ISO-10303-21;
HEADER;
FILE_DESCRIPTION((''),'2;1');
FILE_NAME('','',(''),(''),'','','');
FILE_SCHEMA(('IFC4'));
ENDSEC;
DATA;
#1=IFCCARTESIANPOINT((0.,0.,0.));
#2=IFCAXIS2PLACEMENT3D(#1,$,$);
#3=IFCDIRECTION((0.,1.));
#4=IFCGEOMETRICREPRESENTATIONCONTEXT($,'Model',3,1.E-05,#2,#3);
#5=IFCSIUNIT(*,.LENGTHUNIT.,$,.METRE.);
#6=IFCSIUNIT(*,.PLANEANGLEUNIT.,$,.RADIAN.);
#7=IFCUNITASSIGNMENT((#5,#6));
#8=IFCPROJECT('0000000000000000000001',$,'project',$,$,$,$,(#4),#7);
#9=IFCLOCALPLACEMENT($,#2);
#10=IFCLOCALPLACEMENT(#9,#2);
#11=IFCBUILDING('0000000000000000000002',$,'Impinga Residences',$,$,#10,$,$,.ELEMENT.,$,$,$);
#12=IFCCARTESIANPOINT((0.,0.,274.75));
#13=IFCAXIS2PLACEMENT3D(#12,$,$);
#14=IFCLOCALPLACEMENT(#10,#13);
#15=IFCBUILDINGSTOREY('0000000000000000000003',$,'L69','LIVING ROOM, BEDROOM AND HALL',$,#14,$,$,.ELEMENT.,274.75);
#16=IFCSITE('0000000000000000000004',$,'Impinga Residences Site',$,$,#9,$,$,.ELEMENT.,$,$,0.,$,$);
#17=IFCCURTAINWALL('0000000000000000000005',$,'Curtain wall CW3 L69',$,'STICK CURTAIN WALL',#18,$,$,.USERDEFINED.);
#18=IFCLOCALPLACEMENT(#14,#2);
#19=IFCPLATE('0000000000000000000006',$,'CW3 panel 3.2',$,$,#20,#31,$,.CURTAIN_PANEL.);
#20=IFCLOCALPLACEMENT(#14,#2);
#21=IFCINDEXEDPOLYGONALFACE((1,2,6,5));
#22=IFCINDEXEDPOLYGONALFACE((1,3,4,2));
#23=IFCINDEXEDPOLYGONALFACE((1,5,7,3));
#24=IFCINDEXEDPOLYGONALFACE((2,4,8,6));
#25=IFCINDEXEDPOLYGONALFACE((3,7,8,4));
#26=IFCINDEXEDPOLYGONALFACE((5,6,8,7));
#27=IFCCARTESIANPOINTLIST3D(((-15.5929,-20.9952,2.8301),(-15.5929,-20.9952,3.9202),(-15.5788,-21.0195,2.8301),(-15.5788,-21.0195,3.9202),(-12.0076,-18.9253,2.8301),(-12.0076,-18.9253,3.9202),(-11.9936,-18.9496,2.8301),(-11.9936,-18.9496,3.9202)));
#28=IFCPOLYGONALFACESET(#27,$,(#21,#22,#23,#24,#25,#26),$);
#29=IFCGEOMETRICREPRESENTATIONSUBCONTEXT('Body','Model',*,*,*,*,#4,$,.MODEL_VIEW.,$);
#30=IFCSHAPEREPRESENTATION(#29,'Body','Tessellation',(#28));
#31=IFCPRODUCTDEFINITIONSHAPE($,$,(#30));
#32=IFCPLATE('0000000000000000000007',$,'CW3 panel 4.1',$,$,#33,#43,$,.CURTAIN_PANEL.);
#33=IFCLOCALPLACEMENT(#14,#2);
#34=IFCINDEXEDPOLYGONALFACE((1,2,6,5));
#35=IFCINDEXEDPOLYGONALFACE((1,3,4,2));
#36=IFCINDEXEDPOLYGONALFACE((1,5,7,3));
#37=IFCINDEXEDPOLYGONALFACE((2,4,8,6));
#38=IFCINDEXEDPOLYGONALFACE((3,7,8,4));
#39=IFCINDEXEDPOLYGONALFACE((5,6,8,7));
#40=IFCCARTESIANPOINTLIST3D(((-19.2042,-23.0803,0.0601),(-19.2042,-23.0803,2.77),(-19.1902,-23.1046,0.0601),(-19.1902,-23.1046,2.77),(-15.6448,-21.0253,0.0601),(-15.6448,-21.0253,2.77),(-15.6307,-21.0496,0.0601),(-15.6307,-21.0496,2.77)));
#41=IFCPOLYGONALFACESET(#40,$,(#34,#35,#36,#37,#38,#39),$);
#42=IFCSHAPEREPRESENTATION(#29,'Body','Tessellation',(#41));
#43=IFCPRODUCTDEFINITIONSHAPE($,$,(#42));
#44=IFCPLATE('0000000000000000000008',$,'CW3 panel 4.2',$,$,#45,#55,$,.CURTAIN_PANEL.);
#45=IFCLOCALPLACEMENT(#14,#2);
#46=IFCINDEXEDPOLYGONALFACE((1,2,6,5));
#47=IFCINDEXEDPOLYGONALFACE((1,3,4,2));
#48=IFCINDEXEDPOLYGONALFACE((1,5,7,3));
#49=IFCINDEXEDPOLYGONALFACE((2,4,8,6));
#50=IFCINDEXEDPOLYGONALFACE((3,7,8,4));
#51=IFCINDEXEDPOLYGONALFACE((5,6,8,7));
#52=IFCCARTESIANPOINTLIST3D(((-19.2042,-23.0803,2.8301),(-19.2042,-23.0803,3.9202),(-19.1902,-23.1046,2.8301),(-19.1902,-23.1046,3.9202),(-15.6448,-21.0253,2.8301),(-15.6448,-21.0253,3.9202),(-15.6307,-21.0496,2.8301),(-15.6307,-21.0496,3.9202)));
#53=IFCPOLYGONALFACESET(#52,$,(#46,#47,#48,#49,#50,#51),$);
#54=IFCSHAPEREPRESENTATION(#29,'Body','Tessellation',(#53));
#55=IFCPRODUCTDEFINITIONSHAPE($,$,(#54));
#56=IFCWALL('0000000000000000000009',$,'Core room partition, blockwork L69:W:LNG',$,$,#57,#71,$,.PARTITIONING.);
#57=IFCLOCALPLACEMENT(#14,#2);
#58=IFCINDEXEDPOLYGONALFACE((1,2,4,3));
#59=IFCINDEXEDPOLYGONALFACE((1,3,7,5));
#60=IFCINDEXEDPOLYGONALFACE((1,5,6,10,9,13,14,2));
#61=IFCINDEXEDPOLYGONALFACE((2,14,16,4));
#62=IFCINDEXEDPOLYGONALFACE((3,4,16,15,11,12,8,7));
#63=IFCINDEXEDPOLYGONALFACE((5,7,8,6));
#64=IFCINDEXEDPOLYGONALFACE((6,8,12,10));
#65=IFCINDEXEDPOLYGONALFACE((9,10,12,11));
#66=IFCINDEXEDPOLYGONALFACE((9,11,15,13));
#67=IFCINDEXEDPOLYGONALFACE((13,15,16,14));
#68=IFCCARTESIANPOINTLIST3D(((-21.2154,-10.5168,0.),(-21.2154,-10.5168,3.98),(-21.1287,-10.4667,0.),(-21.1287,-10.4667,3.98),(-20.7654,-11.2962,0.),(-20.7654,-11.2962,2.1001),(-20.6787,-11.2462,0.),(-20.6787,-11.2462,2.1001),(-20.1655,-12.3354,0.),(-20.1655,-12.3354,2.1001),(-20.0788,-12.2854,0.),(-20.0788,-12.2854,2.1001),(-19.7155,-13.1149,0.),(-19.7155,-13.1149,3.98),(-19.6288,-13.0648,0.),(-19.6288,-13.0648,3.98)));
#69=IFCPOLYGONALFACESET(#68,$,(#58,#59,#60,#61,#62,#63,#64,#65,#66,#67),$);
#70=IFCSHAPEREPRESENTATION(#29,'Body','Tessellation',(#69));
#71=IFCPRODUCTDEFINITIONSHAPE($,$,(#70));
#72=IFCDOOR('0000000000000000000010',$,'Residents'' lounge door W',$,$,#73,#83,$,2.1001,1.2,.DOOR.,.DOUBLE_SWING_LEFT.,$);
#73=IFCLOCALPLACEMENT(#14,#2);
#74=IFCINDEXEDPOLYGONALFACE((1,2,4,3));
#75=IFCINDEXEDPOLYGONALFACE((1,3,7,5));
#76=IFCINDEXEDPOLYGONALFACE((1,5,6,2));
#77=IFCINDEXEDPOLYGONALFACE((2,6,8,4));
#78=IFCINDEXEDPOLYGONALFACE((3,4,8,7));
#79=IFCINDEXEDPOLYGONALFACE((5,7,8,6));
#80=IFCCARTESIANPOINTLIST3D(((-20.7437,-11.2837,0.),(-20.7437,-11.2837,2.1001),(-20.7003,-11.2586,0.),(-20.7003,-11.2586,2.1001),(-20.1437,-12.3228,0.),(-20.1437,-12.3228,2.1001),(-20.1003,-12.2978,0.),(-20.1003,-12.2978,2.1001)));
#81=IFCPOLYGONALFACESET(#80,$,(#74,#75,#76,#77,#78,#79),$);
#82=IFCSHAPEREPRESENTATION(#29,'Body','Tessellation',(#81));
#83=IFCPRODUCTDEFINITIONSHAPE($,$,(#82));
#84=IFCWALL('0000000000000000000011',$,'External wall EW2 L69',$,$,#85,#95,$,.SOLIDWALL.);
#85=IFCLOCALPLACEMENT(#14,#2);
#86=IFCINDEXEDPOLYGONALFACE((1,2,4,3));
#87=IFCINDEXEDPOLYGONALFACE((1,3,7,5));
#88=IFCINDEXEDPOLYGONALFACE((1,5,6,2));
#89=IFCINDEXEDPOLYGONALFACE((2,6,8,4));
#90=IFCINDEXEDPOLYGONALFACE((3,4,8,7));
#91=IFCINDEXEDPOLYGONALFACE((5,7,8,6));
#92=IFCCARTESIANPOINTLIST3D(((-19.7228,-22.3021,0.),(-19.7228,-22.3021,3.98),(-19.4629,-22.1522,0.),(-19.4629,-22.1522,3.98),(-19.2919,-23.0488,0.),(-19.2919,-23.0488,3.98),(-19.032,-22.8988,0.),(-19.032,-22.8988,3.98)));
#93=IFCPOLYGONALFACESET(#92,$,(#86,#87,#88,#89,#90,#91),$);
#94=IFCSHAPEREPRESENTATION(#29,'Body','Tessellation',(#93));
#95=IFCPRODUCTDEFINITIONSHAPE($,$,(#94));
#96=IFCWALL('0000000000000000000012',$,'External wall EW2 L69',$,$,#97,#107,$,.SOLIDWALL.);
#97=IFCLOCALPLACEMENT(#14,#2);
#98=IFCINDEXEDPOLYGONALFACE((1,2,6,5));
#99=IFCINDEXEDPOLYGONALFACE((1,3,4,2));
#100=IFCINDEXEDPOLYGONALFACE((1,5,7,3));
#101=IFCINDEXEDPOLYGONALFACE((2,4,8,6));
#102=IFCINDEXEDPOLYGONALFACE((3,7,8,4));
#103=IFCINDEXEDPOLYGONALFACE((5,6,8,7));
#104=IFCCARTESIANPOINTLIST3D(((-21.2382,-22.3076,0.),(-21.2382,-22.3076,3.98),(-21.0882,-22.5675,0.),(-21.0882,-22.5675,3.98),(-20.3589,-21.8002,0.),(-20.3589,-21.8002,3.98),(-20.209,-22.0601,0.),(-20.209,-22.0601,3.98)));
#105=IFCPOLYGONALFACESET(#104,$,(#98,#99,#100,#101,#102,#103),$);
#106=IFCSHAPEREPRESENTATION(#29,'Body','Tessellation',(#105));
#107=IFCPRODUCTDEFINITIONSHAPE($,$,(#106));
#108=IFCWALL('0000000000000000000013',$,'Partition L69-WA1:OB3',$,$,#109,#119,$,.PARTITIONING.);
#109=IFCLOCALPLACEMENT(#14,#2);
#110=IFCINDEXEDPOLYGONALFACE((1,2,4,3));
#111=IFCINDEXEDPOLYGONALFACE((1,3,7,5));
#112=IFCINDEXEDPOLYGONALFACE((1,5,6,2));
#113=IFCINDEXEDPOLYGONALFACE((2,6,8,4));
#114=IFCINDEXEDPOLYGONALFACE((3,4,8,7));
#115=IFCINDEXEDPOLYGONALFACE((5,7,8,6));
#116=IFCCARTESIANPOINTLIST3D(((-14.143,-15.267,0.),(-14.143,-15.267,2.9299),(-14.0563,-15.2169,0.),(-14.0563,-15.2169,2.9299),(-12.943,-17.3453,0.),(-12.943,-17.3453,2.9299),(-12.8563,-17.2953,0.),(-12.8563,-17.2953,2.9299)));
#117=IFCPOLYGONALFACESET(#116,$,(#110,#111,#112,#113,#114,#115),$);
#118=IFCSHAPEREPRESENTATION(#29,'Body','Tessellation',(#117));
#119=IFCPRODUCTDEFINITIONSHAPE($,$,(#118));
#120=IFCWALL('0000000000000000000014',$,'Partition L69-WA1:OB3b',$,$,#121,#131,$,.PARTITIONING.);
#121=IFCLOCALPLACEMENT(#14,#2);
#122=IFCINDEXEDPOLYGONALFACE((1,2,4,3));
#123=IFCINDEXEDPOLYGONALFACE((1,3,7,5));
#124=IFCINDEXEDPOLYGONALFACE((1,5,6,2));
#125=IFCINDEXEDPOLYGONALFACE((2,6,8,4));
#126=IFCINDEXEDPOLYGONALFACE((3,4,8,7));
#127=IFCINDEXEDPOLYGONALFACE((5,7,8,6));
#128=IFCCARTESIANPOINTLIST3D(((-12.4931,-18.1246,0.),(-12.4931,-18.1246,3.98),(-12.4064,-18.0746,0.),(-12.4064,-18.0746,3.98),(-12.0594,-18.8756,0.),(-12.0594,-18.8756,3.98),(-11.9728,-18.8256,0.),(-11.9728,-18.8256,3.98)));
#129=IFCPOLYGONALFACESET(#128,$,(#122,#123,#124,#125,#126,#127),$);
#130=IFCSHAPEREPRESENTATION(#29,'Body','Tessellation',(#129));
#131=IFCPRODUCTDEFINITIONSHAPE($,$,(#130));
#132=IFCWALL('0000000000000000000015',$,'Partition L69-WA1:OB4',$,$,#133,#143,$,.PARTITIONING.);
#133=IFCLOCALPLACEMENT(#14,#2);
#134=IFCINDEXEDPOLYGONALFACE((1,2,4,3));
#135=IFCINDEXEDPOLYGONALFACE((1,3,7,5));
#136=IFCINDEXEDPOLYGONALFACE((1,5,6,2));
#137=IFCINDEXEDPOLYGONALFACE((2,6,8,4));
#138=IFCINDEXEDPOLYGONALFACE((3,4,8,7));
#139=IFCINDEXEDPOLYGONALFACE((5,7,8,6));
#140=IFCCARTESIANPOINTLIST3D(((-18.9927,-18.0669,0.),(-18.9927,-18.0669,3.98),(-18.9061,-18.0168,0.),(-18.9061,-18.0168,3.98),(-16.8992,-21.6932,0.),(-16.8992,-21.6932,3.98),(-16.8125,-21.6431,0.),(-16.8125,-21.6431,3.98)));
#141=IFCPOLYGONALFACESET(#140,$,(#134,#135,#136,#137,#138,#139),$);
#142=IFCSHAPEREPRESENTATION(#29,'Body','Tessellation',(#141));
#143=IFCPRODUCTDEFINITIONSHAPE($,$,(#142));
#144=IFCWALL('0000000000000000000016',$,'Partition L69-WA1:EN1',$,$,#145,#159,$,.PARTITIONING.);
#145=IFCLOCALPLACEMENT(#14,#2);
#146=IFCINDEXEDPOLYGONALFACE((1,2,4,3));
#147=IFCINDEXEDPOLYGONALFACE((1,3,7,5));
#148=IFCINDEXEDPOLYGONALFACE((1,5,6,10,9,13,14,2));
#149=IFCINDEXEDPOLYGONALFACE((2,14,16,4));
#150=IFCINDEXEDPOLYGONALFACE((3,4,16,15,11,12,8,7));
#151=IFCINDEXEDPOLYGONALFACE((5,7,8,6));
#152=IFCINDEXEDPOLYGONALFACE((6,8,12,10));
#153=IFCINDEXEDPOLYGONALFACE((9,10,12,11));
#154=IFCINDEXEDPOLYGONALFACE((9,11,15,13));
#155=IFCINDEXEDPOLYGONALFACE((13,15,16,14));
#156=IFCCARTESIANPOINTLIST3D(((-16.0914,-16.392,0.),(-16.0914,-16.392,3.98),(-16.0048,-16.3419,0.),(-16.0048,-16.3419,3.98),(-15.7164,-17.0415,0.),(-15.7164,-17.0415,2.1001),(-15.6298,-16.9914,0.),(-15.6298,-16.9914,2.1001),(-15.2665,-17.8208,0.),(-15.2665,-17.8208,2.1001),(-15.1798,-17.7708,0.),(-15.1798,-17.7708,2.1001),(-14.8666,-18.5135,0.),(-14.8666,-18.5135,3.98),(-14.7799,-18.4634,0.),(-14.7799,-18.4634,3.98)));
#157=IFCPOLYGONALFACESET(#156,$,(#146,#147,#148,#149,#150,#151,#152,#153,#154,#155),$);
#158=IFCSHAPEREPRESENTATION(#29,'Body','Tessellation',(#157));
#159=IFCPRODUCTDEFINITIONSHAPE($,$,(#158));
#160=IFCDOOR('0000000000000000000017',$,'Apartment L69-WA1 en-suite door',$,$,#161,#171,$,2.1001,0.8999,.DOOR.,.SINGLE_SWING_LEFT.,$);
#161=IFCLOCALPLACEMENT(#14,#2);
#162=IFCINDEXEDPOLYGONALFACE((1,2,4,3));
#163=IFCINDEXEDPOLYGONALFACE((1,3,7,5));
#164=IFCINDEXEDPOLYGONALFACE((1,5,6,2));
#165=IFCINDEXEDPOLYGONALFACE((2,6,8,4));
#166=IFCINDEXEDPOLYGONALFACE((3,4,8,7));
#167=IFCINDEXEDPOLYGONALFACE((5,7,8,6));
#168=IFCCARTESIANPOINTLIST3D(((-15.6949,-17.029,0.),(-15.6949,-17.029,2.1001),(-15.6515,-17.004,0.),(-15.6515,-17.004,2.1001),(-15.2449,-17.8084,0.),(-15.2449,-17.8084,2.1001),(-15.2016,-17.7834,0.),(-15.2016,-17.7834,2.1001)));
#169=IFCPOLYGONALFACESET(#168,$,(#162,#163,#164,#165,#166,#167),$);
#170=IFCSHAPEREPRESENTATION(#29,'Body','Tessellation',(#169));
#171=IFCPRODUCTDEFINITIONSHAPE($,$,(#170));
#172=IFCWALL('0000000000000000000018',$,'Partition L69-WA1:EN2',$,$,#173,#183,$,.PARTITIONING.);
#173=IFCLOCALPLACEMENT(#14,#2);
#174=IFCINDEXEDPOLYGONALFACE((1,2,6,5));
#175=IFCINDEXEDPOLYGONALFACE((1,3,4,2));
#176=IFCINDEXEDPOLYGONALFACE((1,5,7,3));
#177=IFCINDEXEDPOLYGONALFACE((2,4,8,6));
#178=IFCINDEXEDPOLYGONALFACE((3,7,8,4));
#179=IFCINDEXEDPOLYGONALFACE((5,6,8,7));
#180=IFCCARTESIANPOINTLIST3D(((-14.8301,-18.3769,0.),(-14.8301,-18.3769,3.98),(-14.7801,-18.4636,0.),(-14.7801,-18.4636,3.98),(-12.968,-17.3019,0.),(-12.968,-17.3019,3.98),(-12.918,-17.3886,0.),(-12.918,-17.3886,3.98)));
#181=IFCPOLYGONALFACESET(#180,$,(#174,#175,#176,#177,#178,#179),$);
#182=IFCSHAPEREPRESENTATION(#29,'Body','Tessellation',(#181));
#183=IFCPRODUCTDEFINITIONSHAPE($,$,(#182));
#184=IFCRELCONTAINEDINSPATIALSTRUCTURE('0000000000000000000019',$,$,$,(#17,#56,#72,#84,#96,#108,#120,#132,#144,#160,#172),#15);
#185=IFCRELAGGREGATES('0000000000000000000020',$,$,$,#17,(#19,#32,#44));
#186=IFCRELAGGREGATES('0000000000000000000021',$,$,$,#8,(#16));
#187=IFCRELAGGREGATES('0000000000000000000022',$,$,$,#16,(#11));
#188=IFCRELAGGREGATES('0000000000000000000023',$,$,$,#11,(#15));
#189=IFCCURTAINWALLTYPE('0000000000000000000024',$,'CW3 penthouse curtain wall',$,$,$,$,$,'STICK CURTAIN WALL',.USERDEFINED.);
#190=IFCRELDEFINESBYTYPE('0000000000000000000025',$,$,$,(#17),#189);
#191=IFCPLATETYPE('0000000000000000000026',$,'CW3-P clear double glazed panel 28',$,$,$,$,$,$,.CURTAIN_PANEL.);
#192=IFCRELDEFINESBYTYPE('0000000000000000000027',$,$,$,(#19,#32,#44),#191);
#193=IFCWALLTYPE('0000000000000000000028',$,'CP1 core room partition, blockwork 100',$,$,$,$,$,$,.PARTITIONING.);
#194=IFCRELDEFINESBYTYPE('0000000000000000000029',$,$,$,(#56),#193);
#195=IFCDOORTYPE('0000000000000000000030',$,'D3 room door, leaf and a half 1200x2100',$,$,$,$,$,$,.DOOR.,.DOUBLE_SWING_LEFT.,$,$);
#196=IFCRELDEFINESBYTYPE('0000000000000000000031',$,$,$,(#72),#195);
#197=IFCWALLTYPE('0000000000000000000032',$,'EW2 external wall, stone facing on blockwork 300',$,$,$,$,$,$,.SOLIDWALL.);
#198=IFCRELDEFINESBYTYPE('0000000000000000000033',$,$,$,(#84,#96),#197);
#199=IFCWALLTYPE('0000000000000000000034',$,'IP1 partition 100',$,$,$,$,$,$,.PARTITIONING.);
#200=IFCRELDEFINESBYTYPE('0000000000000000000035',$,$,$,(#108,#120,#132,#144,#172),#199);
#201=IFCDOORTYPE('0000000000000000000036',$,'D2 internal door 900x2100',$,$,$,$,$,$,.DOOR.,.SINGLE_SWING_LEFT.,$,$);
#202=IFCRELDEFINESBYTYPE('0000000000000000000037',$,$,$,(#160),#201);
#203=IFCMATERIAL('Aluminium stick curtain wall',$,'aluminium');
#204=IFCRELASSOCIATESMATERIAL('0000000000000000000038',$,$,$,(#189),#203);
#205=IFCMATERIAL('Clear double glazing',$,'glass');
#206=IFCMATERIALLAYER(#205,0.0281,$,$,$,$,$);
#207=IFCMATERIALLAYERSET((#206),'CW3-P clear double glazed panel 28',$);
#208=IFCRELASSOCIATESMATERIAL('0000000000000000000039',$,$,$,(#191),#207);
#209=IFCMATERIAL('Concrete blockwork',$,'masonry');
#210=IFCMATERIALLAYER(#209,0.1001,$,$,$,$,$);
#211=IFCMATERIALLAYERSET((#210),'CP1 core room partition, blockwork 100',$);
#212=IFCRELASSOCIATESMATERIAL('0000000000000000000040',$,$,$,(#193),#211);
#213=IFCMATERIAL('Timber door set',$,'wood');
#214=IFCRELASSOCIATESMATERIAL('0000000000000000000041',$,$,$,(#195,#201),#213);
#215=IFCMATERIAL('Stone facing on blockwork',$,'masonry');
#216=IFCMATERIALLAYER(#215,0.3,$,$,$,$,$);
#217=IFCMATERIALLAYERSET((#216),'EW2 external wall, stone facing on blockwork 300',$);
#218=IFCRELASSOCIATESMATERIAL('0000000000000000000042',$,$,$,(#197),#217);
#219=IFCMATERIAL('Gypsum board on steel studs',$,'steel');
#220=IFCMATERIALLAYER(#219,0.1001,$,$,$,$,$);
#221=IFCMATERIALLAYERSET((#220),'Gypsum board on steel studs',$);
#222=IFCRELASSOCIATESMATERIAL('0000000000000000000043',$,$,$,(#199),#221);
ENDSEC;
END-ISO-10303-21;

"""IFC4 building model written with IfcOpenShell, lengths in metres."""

from ifc_helpers import new_model, si_unit, direction, frame, frame_2d, origin, origin_2d, place, context, subcontext, project, spatial, rectangle, extrude, material, layer, layer_set, type_object, element, fill, aggregate, save


model = new_model("IFC4")

# Units and contexts
model_context = context("Model", 3, precision=1e-05, world=origin(), true_north=direction((0.0, 1.0)))
body_context = subcontext(model_context, "Body", "Model", "MODEL_VIEW")
ifc_project = project(units=[si_unit("LENGTHUNIT", "METRE"), si_unit("PLANEANGLEUNIT", "RADIAN")], contexts=[model_context])

# Site, building, storey
site_placement = place(None, origin())
site = spatial("IfcSite", under=ifc_project, at=site_placement, Name="Impinga Residences Site", CompositionType="ELEMENT", RefElevation=0.0)
building_placement = place(site_placement, origin())
building = spatial("IfcBuilding", under=site, at=building_placement, Name="Impinga Residences", CompositionType="ELEMENT")
storey_placement = place(building_placement, frame((0.0, 0.0, 274.75)))
storey = spatial("IfcBuildingStorey", under=building, at=storey_placement, Name="L69", Description="LIVING ROOM, BEDROOM AND HALL", CompositionType="ELEMENT", Elevation=274.75)

# Curtain wall
ifc_material_1 = material(Name="Aluminium stick curtain wall", Category="aluminium")
curtain_wall_type = type_object("IfcCurtainWallType", Name="CW3 penthouse curtain wall", ElementType="STICK CURTAIN WALL", PredefinedType="USERDEFINED", material=ifc_material_1)
curtain_wall_placement = place(storey_placement, origin())
curtain_wall = element("IfcCurtainWall", 1, at=curtain_wall_placement, inside=storey, type_object=curtain_wall_type, Name="Curtain wall CW3 L69", ObjectType="STICK CURTAIN WALL", PredefinedType="USERDEFINED")

# Plates
ifc_material_2 = material(Name="Clear double glazing", Category="glass")
ifc_layer_1 = layer(ifc_material_2, 0.0281)
ifc_layer_set_1 = layer_set([ifc_layer_1], Name="CW3-P clear double glazed panel 28")
plate_type = type_object("IfcPlateType", Name="CW3-P clear double glazed panel 28", PredefinedType="CURTAIN_PANEL", material=ifc_layer_set_1)
plate_1_placement = place(storey_placement, frame((-13.7932, -19.9724, 2.8301), z_axis=(0.0, 0.0, 1.0), x_axis=(-0.866025, -0.5, 0.0)))
plate_1 = element("IfcPlate", 2, at=plate_1_placement, type_object=plate_type, Name="CW3 panel 3.2", PredefinedType="CURTAIN_PANEL", context=body_context, shape_type="SweptSolid", body=[
    extrude(rectangle(XDim=4.1399, YDim=0.0281, at=origin_2d()), origin(), (0.0, 0.0, 1.0), 1.0901),
])
plate_2_placement = place(storey_placement, frame((-17.4175, -22.0649, 0.0601), z_axis=(0.0, 0.0, 1.0), x_axis=(-0.866025, -0.5, 0.0)))
plate_2 = element("IfcPlate", 3, at=plate_2_placement, type_object=plate_type, Name="CW3 panel 4.1", PredefinedType="CURTAIN_PANEL", context=body_context, shape_type="SweptSolid", body=[
    extrude(rectangle(XDim=4.1101, YDim=0.0281, at=origin_2d()), origin(), (0.0, 0.0, 1.0), 2.71),
])
plate_3_placement = place(storey_placement, frame((-17.4175, -22.0649, 2.8301), z_axis=(0.0, 0.0, 1.0), x_axis=(-0.866025, -0.5, 0.0)))
plate_3 = element("IfcPlate", 4, at=plate_3_placement, type_object=plate_type, Name="CW3 panel 4.2", PredefinedType="CURTAIN_PANEL", context=body_context, shape_type="SweptSolid", body=[
    extrude(rectangle(XDim=4.1101, YDim=0.0281, at=origin_2d()), origin(), (0.0, 0.0, 1.0), 1.0901),
])
aggregate(curtain_wall, [plate_1, plate_2, plate_3])

# Wall, opening, door
ifc_material_3 = material(Name="Concrete blockwork", Category="masonry")
ifc_layer_2 = layer(ifc_material_3, 0.1001)
ifc_layer_set_2 = layer_set([ifc_layer_2], Name="CP1 core room partition, blockwork 100")
wall_type_1 = type_object("IfcWallType", Name="CP1 core room partition, blockwork 100", PredefinedType="PARTITIONING", material=ifc_layer_set_2)
wall_1_placement = place(storey_placement, frame((-19.6721, -13.0898, 0.0), z_axis=(0.0, 0.0, 1.0), x_axis=(-0.49999, 0.866031, 0.0)))
wall_1 = element("IfcWall", 5, at=wall_1_placement, inside=storey, type_object=wall_type_1, Name="Core room partition, blockwork L69:W:LNG", PredefinedType="PARTITIONING", context=body_context, shape_type="SweptSolid", body=[
    extrude(rectangle(XDim=3.0, YDim=0.1001, at=frame_2d((1.5, 0.0))), origin(), (0.0, 0.0, 1.0), 3.98),
])
opening_1_placement = place(wall_1_placement, frame((0.8999, 0.0, 0.0)))
opening_1 = element("IfcOpeningElement", 6, at=opening_1_placement, cuts=wall_1, PredefinedType="OPENING", context=body_context, shape_type="SweptSolid", body=[
    extrude(rectangle(XDim=1.2, YDim=2.1001, at=frame_2d((0.6001, 1.05))), frame((0.0, 0.0601, 0.0), z_axis=(0.0, -1.0, 0.0), x_axis=(1.0, 0.0, 0.0)), (0.0, 0.0, 1.0), 0.1201),
])
ifc_material_4 = material(Name="Timber door set", Category="wood")
door_type_1 = type_object("IfcDoorType", Name="D3 room door, leaf and a half 1200x2100", OperationType="DOUBLE_SWING_LEFT", PredefinedType="DOOR", material=ifc_material_4)
door_1_placement = place(opening_1_placement, origin())
door_1 = element("IfcDoor", 7, at=door_1_placement, inside=storey, type_object=door_type_1, Name="Residents' lounge door W", OperationType="DOUBLE_SWING_LEFT", OverallHeight=2.1001, OverallWidth=1.2, PredefinedType="DOOR", context=body_context, shape_type="SweptSolid", body=[
    extrude(rectangle(XDim=1.2, YDim=2.1001, at=frame_2d((0.6001, 1.05))), frame((0.0, 0.0249, 0.0), z_axis=(0.0, -1.0, 0.0), x_axis=(1.0, 0.0, 0.0)), (0.0, 0.0, 1.0), 0.05),
])
fill(opening_1, door_1)

# Walls
ifc_material_5 = material(Name="Stone facing on blockwork", Category="masonry")
ifc_layer_3 = layer(ifc_material_5, 0.3)
ifc_layer_set_3 = layer_set([ifc_layer_3], Name="EW2 external wall, stone facing on blockwork 300")
wall_type_2 = type_object("IfcWallType", Name="EW2 external wall, stone facing on blockwork 300", PredefinedType="SOLIDWALL", material=ifc_layer_set_3)
wall_2_placement = place(storey_placement, frame((-19.1619, -22.9739, 0.0), z_axis=(0.0, 0.0, 1.0), x_axis=(-0.499886, 0.866091, 0.0)))
element("IfcWall", 8, at=wall_2_placement, inside=storey, type_object=wall_type_2, Name="External wall EW2 L69", PredefinedType="SOLIDWALL", context=body_context, shape_type="SweptSolid", body=[
    extrude(rectangle(XDim=0.8621, YDim=0.3, at=frame_2d((0.4312, 0.0))), origin(), (0.0, 0.0, 1.0), 3.98),
])
wall_3_placement = place(storey_placement, frame((-20.2839, -21.9302, 0.0), z_axis=(0.0, 0.0, 1.0), x_axis=(-0.866134, -0.499813, 0.0)))
element("IfcWall", 9, at=wall_3_placement, inside=storey, type_object=wall_type_2, Name="External wall EW2 L69", PredefinedType="SOLIDWALL", context=body_context, shape_type="SweptSolid", body=[
    extrude(rectangle(XDim=1.0151, YDim=0.3, at=frame_2d((0.5076, 0.0))), origin(), (0.0, 0.0, 1.0), 3.98),
])
ifc_material_6 = material(Name="Gypsum board on steel studs", Category="steel")
ifc_layer_4 = layer(ifc_material_6, 0.1001)
ifc_layer_set_4 = layer_set([ifc_layer_4], Name="Gypsum board on steel studs")
wall_type_3 = type_object("IfcWallType", Name="IP1 partition 100", PredefinedType="PARTITIONING", material=ifc_layer_set_4)
wall_4_placement = place(storey_placement, frame((-14.0996, -15.2419, 0.0), z_axis=(0.0, 0.0, 1.0), x_axis=(0.500001, -0.866025, 0.0)))
element("IfcWall", 10, at=wall_4_placement, inside=storey, type_object=wall_type_3, Name="Partition L69-WA1:OB3", PredefinedType="PARTITIONING", context=body_context, shape_type="SweptSolid", body=[
    extrude(rectangle(XDim=2.3999, YDim=0.1001, at=frame_2d((1.2, 0.0))), origin(), (0.0, 0.0, 1.0), 2.9299),
])
wall_5_placement = place(storey_placement, frame((-12.4497, -18.0996, 0.0), z_axis=(0.0, 0.0, 1.0), x_axis=(0.500015, -0.866017, 0.0)))
element("IfcWall", 11, at=wall_5_placement, inside=storey, type_object=wall_type_3, Name="Partition L69-WA1:OB3b", PredefinedType="PARTITIONING", context=body_context, shape_type="SweptSolid", body=[
    extrude(rectangle(XDim=0.8672, YDim=0.1001, at=frame_2d((0.4336, 0.0))), origin(), (0.0, 0.0, 1.0), 3.98),
])
wall_6_placement = place(storey_placement, frame((-18.9495, -18.0417, 0.0), z_axis=(0.0, 0.0, 1.0), x_axis=(0.499983, -0.866035, 0.0)))
element("IfcWall", 12, at=wall_6_placement, inside=storey, type_object=wall_type_3, Name="Partition L69-WA1:OB4", PredefinedType="PARTITIONING", context=body_context, shape_type="SweptSolid", body=[
    extrude(rectangle(XDim=4.1873, YDim=0.1001, at=frame_2d((2.0938, 0.0))), origin(), (0.0, 0.0, 1.0), 3.98),
])

# Wall, opening, door
wall_7_placement = place(storey_placement, frame((-16.0481, -16.3669, 0.0), z_axis=(0.0, 0.0, 1.0), x_axis=(0.499987, -0.866033, 0.0)))
wall_7 = element("IfcWall", 13, at=wall_7_placement, inside=storey, type_object=wall_type_3, Name="Partition L69-WA1:EN1", PredefinedType="PARTITIONING", context=body_context, shape_type="SweptSolid", body=[
    extrude(rectangle(XDim=2.4497, YDim=0.1001, at=frame_2d((1.2249, 0.0))), origin(), (0.0, 0.0, 1.0), 3.98),
])
opening_2_placement = place(wall_7_placement, frame((0.75, 0.0, 0.0)))
opening_2 = element("IfcOpeningElement", 14, at=opening_2_placement, cuts=wall_7, PredefinedType="OPENING", context=body_context, shape_type="SweptSolid", body=[
    extrude(rectangle(XDim=0.8999, YDim=2.1001, at=frame_2d((0.45, 1.05))), frame((0.0, 0.0601, 0.0), z_axis=(0.0, -1.0, 0.0), x_axis=(1.0, 0.0, 0.0)), (0.0, 0.0, 1.0), 0.1201),
])
door_type_2 = type_object("IfcDoorType", Name="D2 internal door 900x2100", OperationType="SINGLE_SWING_LEFT", PredefinedType="DOOR", material=ifc_material_4)
door_2_placement = place(opening_2_placement, origin())
door_2 = element("IfcDoor", 15, at=door_2_placement, inside=storey, type_object=door_type_2, Name="Apartment L69-WA1 en-suite door", OperationType="SINGLE_SWING_LEFT", OverallHeight=2.1001, OverallWidth=0.8999, PredefinedType="DOOR", context=body_context, shape_type="SweptSolid", body=[
    extrude(rectangle(XDim=0.8999, YDim=2.1001, at=frame_2d((0.45, 1.05))), frame((0.0, 0.0249, 0.0), z_axis=(0.0, -1.0, 0.0), x_axis=(1.0, 0.0, 0.0)), (0.0, 0.0, 1.0), 0.05),
])
fill(opening_2, door_2)

# Wall
wall_8_placement = place(storey_placement, frame((-12.9429, -17.3452, 0.0), z_axis=(0.0, 0.0, 1.0), x_axis=(-0.866048, -0.499962, 0.0)))
element("IfcWall", 16, at=wall_8_placement, inside=storey, type_object=wall_type_3, Name="Partition L69-WA1:EN2", PredefinedType="PARTITIONING", context=body_context, shape_type="SweptSolid", body=[
    extrude(rectangle(XDim=2.1501, YDim=0.1001, at=frame_2d((1.0752, 0.0))), origin(), (0.0, 0.0, 1.0), 3.98),
])

save(model, "model.ifc")
